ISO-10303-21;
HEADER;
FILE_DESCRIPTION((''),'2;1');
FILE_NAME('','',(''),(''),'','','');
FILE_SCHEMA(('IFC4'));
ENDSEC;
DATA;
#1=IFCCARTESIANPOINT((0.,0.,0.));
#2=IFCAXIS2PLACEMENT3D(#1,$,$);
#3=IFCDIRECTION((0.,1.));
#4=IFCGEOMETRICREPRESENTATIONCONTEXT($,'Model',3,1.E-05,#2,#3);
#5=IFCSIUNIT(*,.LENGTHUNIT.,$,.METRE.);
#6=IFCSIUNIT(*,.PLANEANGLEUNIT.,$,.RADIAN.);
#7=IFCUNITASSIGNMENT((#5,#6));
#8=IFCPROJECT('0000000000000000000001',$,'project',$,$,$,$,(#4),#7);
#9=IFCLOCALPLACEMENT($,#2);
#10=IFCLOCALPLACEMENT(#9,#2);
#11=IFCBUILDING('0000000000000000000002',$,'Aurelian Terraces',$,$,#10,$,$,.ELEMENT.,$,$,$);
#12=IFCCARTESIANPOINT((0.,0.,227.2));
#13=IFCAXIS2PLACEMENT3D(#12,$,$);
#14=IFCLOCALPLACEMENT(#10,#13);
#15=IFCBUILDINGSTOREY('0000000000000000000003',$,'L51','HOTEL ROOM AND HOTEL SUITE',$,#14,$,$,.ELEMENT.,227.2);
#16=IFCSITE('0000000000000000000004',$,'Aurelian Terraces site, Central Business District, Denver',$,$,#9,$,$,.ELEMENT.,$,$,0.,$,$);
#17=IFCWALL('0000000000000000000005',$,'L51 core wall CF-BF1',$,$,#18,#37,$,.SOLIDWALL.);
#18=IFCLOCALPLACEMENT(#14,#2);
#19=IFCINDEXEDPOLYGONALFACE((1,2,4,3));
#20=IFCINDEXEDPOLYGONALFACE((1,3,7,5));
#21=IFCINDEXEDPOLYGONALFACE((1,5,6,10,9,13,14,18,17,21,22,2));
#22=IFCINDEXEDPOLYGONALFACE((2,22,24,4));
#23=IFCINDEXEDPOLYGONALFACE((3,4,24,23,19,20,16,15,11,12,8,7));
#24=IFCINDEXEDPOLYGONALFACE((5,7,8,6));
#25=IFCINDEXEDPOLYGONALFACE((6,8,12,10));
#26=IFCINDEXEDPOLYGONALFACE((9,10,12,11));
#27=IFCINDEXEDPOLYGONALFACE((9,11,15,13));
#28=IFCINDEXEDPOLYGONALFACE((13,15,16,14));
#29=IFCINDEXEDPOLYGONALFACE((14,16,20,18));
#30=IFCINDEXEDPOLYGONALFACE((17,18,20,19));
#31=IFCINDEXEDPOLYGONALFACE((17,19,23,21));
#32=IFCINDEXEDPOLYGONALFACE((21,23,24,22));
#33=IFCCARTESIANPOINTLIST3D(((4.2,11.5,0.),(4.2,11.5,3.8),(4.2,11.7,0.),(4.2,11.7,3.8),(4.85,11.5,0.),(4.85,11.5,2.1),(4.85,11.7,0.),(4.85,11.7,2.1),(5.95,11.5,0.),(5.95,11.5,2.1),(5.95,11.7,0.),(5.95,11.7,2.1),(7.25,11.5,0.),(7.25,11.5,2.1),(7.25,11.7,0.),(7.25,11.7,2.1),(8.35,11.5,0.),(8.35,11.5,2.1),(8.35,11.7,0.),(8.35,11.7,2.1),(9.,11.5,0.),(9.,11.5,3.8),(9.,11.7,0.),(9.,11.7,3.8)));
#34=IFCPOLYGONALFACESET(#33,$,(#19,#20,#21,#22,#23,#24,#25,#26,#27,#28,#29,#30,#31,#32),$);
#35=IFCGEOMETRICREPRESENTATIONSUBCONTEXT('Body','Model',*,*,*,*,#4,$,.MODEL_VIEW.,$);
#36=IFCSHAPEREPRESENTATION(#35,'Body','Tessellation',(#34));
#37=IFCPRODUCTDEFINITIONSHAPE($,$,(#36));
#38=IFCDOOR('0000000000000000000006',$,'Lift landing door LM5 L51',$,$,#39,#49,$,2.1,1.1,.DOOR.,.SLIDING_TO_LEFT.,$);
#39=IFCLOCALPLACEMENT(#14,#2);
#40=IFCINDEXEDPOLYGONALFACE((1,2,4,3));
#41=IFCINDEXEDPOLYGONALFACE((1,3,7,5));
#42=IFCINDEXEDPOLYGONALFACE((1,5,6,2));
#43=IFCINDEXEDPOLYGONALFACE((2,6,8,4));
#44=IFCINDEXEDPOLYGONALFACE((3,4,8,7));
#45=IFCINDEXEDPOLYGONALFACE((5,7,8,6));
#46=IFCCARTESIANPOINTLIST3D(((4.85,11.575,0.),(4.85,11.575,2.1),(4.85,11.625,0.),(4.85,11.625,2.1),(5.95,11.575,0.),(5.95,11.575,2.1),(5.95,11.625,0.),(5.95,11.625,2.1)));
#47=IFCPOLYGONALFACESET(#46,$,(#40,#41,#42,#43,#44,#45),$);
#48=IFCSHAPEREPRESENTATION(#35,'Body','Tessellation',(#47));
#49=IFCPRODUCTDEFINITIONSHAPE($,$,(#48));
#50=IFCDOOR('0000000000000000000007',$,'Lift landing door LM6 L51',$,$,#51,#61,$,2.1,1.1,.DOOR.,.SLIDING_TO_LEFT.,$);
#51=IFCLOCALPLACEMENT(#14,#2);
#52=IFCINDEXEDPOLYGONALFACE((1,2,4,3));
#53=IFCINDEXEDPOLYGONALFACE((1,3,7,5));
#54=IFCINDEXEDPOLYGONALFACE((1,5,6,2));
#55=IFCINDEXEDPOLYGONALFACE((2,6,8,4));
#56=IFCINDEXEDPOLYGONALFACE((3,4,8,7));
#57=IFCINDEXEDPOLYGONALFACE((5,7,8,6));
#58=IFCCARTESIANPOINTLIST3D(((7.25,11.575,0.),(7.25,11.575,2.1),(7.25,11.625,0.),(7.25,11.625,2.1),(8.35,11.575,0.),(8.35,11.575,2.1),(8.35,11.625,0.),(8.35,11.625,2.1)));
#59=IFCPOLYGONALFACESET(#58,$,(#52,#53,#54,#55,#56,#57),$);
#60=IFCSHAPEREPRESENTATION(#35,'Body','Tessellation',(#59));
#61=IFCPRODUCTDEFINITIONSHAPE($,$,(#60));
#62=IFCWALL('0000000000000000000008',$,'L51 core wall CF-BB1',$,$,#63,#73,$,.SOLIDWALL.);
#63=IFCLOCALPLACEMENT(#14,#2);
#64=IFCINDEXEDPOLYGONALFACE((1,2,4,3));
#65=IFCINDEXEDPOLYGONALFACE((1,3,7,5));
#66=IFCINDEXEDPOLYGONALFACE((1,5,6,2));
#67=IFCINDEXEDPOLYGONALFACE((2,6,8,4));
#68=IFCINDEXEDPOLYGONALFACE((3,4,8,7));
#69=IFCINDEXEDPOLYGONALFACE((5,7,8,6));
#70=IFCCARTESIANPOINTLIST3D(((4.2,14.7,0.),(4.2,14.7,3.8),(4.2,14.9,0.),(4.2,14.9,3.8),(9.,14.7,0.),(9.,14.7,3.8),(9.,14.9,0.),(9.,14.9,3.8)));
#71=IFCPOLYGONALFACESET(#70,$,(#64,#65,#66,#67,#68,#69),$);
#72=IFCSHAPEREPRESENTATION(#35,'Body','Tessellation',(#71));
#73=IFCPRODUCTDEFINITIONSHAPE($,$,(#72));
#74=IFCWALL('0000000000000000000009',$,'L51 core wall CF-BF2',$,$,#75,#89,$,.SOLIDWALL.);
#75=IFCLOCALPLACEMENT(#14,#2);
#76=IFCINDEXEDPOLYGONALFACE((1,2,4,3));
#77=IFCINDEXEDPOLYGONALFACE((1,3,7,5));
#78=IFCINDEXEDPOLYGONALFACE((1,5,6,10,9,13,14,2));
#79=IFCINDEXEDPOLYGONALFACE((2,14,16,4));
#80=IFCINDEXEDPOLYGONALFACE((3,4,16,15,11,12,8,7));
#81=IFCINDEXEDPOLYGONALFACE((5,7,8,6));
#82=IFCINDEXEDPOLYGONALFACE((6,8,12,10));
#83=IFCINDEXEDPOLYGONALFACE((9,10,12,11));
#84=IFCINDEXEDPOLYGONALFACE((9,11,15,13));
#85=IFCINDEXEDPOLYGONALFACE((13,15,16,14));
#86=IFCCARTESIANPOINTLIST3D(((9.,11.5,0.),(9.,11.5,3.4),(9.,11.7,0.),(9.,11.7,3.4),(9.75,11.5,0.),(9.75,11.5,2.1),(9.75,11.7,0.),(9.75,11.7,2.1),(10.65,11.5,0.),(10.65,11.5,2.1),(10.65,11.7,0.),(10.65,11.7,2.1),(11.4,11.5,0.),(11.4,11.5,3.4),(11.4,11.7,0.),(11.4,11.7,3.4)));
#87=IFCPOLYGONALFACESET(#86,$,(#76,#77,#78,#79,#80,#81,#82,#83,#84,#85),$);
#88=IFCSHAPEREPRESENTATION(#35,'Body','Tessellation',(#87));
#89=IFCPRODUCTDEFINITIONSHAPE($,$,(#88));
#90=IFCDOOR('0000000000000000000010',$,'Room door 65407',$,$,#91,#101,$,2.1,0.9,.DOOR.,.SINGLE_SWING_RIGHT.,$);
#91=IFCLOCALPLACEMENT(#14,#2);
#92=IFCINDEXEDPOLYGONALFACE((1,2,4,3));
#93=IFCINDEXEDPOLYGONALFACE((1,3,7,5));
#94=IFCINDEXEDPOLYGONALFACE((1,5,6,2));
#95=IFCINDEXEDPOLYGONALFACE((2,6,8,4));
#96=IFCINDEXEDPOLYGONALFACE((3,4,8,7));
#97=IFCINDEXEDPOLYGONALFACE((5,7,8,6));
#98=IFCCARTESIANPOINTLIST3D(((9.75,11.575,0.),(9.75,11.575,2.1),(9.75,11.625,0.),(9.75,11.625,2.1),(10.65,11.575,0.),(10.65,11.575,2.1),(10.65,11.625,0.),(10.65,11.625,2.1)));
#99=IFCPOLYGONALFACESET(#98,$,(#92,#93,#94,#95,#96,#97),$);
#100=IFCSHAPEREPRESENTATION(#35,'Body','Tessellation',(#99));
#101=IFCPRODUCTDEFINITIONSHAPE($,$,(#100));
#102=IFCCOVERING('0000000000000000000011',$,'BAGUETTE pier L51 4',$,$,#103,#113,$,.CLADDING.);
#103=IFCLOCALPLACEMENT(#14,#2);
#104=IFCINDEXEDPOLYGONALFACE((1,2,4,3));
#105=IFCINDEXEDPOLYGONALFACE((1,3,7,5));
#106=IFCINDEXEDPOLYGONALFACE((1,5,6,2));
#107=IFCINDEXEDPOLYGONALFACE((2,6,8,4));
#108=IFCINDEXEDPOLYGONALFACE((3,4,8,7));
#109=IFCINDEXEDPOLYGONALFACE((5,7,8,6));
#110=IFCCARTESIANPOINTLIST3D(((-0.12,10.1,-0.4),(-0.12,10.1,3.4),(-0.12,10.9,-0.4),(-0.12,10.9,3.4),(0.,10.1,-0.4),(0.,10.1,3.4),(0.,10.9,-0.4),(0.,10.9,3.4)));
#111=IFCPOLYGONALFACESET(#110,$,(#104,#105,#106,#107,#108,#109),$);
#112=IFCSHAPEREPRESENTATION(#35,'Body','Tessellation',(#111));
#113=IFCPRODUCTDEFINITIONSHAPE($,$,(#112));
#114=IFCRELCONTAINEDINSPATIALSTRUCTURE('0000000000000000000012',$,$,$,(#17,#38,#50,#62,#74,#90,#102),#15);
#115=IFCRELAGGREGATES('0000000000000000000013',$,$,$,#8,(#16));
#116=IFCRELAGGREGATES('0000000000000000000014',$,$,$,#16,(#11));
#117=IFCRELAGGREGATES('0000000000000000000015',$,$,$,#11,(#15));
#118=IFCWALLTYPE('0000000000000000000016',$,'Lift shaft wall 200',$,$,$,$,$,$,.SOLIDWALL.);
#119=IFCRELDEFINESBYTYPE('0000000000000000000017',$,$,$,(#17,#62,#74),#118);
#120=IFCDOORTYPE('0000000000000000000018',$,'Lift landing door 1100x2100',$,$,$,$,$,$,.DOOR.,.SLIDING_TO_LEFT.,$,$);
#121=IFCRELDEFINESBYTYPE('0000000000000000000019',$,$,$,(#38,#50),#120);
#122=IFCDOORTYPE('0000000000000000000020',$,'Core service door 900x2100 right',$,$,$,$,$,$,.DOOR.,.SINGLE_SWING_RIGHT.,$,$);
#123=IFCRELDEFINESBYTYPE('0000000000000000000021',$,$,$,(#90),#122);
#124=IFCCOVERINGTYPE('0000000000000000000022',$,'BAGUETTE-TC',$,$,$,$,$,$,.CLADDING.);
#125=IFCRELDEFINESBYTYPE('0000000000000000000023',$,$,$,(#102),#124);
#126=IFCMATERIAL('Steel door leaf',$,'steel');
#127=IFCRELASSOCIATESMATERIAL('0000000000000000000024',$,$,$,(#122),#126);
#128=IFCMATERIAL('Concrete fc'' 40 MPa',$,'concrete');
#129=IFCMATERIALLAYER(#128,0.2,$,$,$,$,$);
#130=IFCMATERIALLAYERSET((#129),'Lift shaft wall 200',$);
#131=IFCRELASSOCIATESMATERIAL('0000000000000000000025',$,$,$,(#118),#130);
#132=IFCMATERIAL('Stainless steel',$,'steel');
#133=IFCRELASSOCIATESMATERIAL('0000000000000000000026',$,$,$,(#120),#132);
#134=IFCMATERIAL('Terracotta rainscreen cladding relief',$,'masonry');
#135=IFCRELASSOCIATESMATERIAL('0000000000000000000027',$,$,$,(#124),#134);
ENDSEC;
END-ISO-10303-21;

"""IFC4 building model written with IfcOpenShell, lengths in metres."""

from ifc_helpers import new_model, si_unit, direction, frame, frame_2d, origin, origin_2d, place, context, subcontext, project, spatial, rectangle, extrude, source, transform, mapped, material, layer, layer_set, type_object, element, fill, save


model = new_model("IFC4")

# Units and contexts
model_context = context("Model", 3, precision=1e-05, world=origin(), true_north=direction((0.0, 1.0)))
body_context = subcontext(model_context, "Body", "Model", "MODEL_VIEW")
ifc_project = project(units=[si_unit("LENGTHUNIT", "METRE"), si_unit("PLANEANGLEUNIT", "RADIAN")], contexts=[model_context])

# Site, building, storey
site_placement = place(None, origin())
site = spatial("IfcSite", under=ifc_project, at=site_placement, Name="Aurelian Terraces site, Central Business District, Denver", CompositionType="ELEMENT", RefElevation=0.0)
building_placement = place(site_placement, origin())
building = spatial("IfcBuilding", under=site, at=building_placement, Name="Aurelian Terraces", CompositionType="ELEMENT")
storey_placement = place(building_placement, frame((0.0, 0.0, 227.2)))
storey = spatial("IfcBuildingStorey", under=building, at=storey_placement, Name="L51", Description="HOTEL ROOM AND HOTEL SUITE", CompositionType="ELEMENT", Elevation=227.2)

# Shared definitions
ifc_material_1 = material(Name="Concrete fc' 40 MPa", Category="concrete")

# Shared definitions
ifc_material_2 = material(Name="Steel door leaf", Category="steel")
door_type_1 = type_object("IfcDoorType", Name="Core service door 900x2100 right", OperationType="SINGLE_SWING_RIGHT", PredefinedType="DOOR", material=ifc_material_2)
shared_shape_1 = source(origin(), body_context, "Body", "SweptSolid", [
    extrude(rectangle(XDim=0.9, YDim=2.1, at=frame_2d((0.45, 1.05))), frame((0.0, 0.025, 0.0), z_axis=(0.0, -1.0, 0.0), x_axis=(1.0, 0.0, 0.0)), (0.0, 0.0, 1.0), 0.05),
])

# Shared definitions
ifc_layer_1 = layer(ifc_material_1, 0.2)
ifc_layer_set_1 = layer_set([ifc_layer_1], Name="Lift shaft wall 200")
wall_type_1 = type_object("IfcWallType", Name="Lift shaft wall 200", PredefinedType="SOLIDWALL", material=ifc_layer_set_1)

# Wall, openings, doors
shared_shape_2 = source(origin(), body_context, "Body", "SweptSolid", [
    extrude(rectangle(XDim=1.1, YDim=2.1, at=frame_2d((0.55, 1.05))), frame((0.0, 0.11, 0.0), z_axis=(0.0, -1.0, 0.0), x_axis=(1.0, 0.0, 0.0)), (0.0, 0.0, 1.0), 0.22),
])
ifc_material_3 = material(Name="Stainless steel", Category="steel")
door_type_2 = type_object("IfcDoorType", Name="Lift landing door 1100x2100", OperationType="SLIDING_TO_LEFT", PredefinedType="DOOR", material=ifc_material_3)
shared_shape_3 = source(origin(), body_context, "Body", "SweptSolid", [
    extrude(rectangle(XDim=1.1, YDim=2.1, at=frame_2d((0.55, 1.05))), frame((0.0, 0.025, 0.0), z_axis=(0.0, -1.0, 0.0), x_axis=(1.0, 0.0, 0.0)), (0.0, 0.0, 1.0), 0.05),
])
shared_shape_4 = source(origin(), body_context, "Body", "SweptSolid", [
    extrude(rectangle(XDim=4.8, YDim=0.2, at=frame_2d((2.4, 0.0))), origin(), (0.0, 0.0, 1.0), 3.8),
])
wall_1_placement = place(storey_placement, frame((4.2, 11.6, 0.0), z_axis=(0.0, 0.0, 1.0), x_axis=(1.0, 0.0, 0.0)))
wall_1 = element("IfcWall", 1, at=wall_1_placement, inside=storey, type_object=wall_type_1, Name="L51 core wall CF-BF1", PredefinedType="SOLIDWALL", context=body_context, shape_type="MappedRepresentation", body=[
    mapped(shared_shape_4, transform((0.0, 0.0, 0.0), scale=1.0)),
])
opening_1_placement = place(wall_1_placement, frame((0.65, 0.0, 0.0)))
opening_1 = element("IfcOpeningElement", 2, at=opening_1_placement, cuts=wall_1, PredefinedType="OPENING", context=body_context, shape_type="MappedRepresentation", body=[
    mapped(shared_shape_2, transform((0.0, 0.0, 0.0), scale=1.0)),
])
opening_2_placement = place(wall_1_placement, frame((3.05, 0.0, 0.0)))
opening_2 = element("IfcOpeningElement", 3, at=opening_2_placement, cuts=wall_1, PredefinedType="OPENING", context=body_context, shape_type="MappedRepresentation", body=[
    mapped(shared_shape_2, transform((0.0, 0.0, 0.0), scale=1.0)),
])
door_1_placement = place(opening_1_placement, origin())
door_1 = element("IfcDoor", 4, at=door_1_placement, inside=storey, type_object=door_type_2, Name="Lift landing door LM5 L51", OperationType="SLIDING_TO_LEFT", OverallHeight=2.1, OverallWidth=1.1, PredefinedType="DOOR", context=body_context, shape_type="MappedRepresentation", body=[
    mapped(shared_shape_3, transform((0.0, 0.0, 0.0), scale=1.0)),
])
fill(opening_1, door_1)
door_2_placement = place(opening_2_placement, origin())
door_2 = element("IfcDoor", 5, at=door_2_placement, inside=storey, type_object=door_type_2, Name="Lift landing door LM6 L51", OperationType="SLIDING_TO_LEFT", OverallHeight=2.1, OverallWidth=1.1, PredefinedType="DOOR", context=body_context, shape_type="MappedRepresentation", body=[
    mapped(shared_shape_3, transform((0.0, 0.0, 0.0), scale=1.0)),
])
fill(opening_2, door_2)

# Wall
wall_2_placement = place(storey_placement, frame((4.2, 14.8, 0.0), z_axis=(0.0, 0.0, 1.0), x_axis=(1.0, 0.0, 0.0)))
element("IfcWall", 6, at=wall_2_placement, inside=storey, type_object=wall_type_1, Name="L51 core wall CF-BB1", PredefinedType="SOLIDWALL", context=body_context, shape_type="MappedRepresentation", body=[
    mapped(shared_shape_4, transform((0.0, 0.0, 0.0), scale=1.0)),
])

# Wall, opening, door
shared_shape_5 = source(origin(), body_context, "Body", "SweptSolid", [
    extrude(rectangle(XDim=2.4, YDim=0.2, at=frame_2d((1.2, 0.0))), origin(), (0.0, 0.0, 1.0), 3.4),
])
wall_3_placement = place(storey_placement, frame((9.0, 11.6, 0.0), z_axis=(0.0, 0.0, 1.0), x_axis=(1.0, 0.0, 0.0)))
wall_3 = element("IfcWall", 7, at=wall_3_placement, inside=storey, type_object=wall_type_1, Name="L51 core wall CF-BF2", PredefinedType="SOLIDWALL", context=body_context, shape_type="MappedRepresentation", body=[
    mapped(shared_shape_5, transform((0.0, 0.0, 0.0), scale=1.0)),
])
shared_shape_6 = source(origin(), body_context, "Body", "SweptSolid", [
    extrude(rectangle(XDim=0.9, YDim=2.1, at=frame_2d((0.45, 1.05))), frame((0.0, 0.11, 0.0), z_axis=(0.0, -1.0, 0.0), x_axis=(1.0, 0.0, 0.0)), (0.0, 0.0, 1.0), 0.22),
])
opening_3_placement = place(wall_3_placement, frame((0.75, 0.0, 0.0)))
opening_3 = element("IfcOpeningElement", 8, at=opening_3_placement, cuts=wall_3, PredefinedType="OPENING", context=body_context, shape_type="MappedRepresentation", body=[
    mapped(shared_shape_6, transform((0.0, 0.0, 0.0), scale=1.0)),
])
door_3_placement = place(opening_3_placement, origin())
door_3 = element("IfcDoor", 9, at=door_3_placement, inside=storey, type_object=door_type_1, Name="Room door 65407", OperationType="SINGLE_SWING_RIGHT", OverallHeight=2.1, OverallWidth=0.9, PredefinedType="DOOR", context=body_context, shape_type="MappedRepresentation", body=[
    mapped(shared_shape_1, transform((0.0, 0.0, 0.0), scale=1.0)),
])
fill(opening_3, door_3)

# Covering
ifc_material_4 = material(Name="Terracotta rainscreen cladding relief", Category="masonry")
covering_type = type_object("IfcCoveringType", Name="BAGUETTE-TC", PredefinedType="CLADDING", material=ifc_material_4)
covering_placement = place(storey_placement, frame((-0.06, 10.5, -0.4), z_axis=(0.0, 0.0, 1.0), x_axis=(1.0, 0.0, 0.0)))
element("IfcCovering", 10, at=covering_placement, inside=storey, type_object=covering_type, Name="BAGUETTE pier L51 4", PredefinedType="CLADDING", context=body_context, shape_type="SweptSolid", body=[
    extrude(rectangle(XDim=0.12, YDim=0.8, at=origin_2d()), origin(), (0.0, 0.0, 1.0), 3.8),
])

save(model, "model.ifc")
